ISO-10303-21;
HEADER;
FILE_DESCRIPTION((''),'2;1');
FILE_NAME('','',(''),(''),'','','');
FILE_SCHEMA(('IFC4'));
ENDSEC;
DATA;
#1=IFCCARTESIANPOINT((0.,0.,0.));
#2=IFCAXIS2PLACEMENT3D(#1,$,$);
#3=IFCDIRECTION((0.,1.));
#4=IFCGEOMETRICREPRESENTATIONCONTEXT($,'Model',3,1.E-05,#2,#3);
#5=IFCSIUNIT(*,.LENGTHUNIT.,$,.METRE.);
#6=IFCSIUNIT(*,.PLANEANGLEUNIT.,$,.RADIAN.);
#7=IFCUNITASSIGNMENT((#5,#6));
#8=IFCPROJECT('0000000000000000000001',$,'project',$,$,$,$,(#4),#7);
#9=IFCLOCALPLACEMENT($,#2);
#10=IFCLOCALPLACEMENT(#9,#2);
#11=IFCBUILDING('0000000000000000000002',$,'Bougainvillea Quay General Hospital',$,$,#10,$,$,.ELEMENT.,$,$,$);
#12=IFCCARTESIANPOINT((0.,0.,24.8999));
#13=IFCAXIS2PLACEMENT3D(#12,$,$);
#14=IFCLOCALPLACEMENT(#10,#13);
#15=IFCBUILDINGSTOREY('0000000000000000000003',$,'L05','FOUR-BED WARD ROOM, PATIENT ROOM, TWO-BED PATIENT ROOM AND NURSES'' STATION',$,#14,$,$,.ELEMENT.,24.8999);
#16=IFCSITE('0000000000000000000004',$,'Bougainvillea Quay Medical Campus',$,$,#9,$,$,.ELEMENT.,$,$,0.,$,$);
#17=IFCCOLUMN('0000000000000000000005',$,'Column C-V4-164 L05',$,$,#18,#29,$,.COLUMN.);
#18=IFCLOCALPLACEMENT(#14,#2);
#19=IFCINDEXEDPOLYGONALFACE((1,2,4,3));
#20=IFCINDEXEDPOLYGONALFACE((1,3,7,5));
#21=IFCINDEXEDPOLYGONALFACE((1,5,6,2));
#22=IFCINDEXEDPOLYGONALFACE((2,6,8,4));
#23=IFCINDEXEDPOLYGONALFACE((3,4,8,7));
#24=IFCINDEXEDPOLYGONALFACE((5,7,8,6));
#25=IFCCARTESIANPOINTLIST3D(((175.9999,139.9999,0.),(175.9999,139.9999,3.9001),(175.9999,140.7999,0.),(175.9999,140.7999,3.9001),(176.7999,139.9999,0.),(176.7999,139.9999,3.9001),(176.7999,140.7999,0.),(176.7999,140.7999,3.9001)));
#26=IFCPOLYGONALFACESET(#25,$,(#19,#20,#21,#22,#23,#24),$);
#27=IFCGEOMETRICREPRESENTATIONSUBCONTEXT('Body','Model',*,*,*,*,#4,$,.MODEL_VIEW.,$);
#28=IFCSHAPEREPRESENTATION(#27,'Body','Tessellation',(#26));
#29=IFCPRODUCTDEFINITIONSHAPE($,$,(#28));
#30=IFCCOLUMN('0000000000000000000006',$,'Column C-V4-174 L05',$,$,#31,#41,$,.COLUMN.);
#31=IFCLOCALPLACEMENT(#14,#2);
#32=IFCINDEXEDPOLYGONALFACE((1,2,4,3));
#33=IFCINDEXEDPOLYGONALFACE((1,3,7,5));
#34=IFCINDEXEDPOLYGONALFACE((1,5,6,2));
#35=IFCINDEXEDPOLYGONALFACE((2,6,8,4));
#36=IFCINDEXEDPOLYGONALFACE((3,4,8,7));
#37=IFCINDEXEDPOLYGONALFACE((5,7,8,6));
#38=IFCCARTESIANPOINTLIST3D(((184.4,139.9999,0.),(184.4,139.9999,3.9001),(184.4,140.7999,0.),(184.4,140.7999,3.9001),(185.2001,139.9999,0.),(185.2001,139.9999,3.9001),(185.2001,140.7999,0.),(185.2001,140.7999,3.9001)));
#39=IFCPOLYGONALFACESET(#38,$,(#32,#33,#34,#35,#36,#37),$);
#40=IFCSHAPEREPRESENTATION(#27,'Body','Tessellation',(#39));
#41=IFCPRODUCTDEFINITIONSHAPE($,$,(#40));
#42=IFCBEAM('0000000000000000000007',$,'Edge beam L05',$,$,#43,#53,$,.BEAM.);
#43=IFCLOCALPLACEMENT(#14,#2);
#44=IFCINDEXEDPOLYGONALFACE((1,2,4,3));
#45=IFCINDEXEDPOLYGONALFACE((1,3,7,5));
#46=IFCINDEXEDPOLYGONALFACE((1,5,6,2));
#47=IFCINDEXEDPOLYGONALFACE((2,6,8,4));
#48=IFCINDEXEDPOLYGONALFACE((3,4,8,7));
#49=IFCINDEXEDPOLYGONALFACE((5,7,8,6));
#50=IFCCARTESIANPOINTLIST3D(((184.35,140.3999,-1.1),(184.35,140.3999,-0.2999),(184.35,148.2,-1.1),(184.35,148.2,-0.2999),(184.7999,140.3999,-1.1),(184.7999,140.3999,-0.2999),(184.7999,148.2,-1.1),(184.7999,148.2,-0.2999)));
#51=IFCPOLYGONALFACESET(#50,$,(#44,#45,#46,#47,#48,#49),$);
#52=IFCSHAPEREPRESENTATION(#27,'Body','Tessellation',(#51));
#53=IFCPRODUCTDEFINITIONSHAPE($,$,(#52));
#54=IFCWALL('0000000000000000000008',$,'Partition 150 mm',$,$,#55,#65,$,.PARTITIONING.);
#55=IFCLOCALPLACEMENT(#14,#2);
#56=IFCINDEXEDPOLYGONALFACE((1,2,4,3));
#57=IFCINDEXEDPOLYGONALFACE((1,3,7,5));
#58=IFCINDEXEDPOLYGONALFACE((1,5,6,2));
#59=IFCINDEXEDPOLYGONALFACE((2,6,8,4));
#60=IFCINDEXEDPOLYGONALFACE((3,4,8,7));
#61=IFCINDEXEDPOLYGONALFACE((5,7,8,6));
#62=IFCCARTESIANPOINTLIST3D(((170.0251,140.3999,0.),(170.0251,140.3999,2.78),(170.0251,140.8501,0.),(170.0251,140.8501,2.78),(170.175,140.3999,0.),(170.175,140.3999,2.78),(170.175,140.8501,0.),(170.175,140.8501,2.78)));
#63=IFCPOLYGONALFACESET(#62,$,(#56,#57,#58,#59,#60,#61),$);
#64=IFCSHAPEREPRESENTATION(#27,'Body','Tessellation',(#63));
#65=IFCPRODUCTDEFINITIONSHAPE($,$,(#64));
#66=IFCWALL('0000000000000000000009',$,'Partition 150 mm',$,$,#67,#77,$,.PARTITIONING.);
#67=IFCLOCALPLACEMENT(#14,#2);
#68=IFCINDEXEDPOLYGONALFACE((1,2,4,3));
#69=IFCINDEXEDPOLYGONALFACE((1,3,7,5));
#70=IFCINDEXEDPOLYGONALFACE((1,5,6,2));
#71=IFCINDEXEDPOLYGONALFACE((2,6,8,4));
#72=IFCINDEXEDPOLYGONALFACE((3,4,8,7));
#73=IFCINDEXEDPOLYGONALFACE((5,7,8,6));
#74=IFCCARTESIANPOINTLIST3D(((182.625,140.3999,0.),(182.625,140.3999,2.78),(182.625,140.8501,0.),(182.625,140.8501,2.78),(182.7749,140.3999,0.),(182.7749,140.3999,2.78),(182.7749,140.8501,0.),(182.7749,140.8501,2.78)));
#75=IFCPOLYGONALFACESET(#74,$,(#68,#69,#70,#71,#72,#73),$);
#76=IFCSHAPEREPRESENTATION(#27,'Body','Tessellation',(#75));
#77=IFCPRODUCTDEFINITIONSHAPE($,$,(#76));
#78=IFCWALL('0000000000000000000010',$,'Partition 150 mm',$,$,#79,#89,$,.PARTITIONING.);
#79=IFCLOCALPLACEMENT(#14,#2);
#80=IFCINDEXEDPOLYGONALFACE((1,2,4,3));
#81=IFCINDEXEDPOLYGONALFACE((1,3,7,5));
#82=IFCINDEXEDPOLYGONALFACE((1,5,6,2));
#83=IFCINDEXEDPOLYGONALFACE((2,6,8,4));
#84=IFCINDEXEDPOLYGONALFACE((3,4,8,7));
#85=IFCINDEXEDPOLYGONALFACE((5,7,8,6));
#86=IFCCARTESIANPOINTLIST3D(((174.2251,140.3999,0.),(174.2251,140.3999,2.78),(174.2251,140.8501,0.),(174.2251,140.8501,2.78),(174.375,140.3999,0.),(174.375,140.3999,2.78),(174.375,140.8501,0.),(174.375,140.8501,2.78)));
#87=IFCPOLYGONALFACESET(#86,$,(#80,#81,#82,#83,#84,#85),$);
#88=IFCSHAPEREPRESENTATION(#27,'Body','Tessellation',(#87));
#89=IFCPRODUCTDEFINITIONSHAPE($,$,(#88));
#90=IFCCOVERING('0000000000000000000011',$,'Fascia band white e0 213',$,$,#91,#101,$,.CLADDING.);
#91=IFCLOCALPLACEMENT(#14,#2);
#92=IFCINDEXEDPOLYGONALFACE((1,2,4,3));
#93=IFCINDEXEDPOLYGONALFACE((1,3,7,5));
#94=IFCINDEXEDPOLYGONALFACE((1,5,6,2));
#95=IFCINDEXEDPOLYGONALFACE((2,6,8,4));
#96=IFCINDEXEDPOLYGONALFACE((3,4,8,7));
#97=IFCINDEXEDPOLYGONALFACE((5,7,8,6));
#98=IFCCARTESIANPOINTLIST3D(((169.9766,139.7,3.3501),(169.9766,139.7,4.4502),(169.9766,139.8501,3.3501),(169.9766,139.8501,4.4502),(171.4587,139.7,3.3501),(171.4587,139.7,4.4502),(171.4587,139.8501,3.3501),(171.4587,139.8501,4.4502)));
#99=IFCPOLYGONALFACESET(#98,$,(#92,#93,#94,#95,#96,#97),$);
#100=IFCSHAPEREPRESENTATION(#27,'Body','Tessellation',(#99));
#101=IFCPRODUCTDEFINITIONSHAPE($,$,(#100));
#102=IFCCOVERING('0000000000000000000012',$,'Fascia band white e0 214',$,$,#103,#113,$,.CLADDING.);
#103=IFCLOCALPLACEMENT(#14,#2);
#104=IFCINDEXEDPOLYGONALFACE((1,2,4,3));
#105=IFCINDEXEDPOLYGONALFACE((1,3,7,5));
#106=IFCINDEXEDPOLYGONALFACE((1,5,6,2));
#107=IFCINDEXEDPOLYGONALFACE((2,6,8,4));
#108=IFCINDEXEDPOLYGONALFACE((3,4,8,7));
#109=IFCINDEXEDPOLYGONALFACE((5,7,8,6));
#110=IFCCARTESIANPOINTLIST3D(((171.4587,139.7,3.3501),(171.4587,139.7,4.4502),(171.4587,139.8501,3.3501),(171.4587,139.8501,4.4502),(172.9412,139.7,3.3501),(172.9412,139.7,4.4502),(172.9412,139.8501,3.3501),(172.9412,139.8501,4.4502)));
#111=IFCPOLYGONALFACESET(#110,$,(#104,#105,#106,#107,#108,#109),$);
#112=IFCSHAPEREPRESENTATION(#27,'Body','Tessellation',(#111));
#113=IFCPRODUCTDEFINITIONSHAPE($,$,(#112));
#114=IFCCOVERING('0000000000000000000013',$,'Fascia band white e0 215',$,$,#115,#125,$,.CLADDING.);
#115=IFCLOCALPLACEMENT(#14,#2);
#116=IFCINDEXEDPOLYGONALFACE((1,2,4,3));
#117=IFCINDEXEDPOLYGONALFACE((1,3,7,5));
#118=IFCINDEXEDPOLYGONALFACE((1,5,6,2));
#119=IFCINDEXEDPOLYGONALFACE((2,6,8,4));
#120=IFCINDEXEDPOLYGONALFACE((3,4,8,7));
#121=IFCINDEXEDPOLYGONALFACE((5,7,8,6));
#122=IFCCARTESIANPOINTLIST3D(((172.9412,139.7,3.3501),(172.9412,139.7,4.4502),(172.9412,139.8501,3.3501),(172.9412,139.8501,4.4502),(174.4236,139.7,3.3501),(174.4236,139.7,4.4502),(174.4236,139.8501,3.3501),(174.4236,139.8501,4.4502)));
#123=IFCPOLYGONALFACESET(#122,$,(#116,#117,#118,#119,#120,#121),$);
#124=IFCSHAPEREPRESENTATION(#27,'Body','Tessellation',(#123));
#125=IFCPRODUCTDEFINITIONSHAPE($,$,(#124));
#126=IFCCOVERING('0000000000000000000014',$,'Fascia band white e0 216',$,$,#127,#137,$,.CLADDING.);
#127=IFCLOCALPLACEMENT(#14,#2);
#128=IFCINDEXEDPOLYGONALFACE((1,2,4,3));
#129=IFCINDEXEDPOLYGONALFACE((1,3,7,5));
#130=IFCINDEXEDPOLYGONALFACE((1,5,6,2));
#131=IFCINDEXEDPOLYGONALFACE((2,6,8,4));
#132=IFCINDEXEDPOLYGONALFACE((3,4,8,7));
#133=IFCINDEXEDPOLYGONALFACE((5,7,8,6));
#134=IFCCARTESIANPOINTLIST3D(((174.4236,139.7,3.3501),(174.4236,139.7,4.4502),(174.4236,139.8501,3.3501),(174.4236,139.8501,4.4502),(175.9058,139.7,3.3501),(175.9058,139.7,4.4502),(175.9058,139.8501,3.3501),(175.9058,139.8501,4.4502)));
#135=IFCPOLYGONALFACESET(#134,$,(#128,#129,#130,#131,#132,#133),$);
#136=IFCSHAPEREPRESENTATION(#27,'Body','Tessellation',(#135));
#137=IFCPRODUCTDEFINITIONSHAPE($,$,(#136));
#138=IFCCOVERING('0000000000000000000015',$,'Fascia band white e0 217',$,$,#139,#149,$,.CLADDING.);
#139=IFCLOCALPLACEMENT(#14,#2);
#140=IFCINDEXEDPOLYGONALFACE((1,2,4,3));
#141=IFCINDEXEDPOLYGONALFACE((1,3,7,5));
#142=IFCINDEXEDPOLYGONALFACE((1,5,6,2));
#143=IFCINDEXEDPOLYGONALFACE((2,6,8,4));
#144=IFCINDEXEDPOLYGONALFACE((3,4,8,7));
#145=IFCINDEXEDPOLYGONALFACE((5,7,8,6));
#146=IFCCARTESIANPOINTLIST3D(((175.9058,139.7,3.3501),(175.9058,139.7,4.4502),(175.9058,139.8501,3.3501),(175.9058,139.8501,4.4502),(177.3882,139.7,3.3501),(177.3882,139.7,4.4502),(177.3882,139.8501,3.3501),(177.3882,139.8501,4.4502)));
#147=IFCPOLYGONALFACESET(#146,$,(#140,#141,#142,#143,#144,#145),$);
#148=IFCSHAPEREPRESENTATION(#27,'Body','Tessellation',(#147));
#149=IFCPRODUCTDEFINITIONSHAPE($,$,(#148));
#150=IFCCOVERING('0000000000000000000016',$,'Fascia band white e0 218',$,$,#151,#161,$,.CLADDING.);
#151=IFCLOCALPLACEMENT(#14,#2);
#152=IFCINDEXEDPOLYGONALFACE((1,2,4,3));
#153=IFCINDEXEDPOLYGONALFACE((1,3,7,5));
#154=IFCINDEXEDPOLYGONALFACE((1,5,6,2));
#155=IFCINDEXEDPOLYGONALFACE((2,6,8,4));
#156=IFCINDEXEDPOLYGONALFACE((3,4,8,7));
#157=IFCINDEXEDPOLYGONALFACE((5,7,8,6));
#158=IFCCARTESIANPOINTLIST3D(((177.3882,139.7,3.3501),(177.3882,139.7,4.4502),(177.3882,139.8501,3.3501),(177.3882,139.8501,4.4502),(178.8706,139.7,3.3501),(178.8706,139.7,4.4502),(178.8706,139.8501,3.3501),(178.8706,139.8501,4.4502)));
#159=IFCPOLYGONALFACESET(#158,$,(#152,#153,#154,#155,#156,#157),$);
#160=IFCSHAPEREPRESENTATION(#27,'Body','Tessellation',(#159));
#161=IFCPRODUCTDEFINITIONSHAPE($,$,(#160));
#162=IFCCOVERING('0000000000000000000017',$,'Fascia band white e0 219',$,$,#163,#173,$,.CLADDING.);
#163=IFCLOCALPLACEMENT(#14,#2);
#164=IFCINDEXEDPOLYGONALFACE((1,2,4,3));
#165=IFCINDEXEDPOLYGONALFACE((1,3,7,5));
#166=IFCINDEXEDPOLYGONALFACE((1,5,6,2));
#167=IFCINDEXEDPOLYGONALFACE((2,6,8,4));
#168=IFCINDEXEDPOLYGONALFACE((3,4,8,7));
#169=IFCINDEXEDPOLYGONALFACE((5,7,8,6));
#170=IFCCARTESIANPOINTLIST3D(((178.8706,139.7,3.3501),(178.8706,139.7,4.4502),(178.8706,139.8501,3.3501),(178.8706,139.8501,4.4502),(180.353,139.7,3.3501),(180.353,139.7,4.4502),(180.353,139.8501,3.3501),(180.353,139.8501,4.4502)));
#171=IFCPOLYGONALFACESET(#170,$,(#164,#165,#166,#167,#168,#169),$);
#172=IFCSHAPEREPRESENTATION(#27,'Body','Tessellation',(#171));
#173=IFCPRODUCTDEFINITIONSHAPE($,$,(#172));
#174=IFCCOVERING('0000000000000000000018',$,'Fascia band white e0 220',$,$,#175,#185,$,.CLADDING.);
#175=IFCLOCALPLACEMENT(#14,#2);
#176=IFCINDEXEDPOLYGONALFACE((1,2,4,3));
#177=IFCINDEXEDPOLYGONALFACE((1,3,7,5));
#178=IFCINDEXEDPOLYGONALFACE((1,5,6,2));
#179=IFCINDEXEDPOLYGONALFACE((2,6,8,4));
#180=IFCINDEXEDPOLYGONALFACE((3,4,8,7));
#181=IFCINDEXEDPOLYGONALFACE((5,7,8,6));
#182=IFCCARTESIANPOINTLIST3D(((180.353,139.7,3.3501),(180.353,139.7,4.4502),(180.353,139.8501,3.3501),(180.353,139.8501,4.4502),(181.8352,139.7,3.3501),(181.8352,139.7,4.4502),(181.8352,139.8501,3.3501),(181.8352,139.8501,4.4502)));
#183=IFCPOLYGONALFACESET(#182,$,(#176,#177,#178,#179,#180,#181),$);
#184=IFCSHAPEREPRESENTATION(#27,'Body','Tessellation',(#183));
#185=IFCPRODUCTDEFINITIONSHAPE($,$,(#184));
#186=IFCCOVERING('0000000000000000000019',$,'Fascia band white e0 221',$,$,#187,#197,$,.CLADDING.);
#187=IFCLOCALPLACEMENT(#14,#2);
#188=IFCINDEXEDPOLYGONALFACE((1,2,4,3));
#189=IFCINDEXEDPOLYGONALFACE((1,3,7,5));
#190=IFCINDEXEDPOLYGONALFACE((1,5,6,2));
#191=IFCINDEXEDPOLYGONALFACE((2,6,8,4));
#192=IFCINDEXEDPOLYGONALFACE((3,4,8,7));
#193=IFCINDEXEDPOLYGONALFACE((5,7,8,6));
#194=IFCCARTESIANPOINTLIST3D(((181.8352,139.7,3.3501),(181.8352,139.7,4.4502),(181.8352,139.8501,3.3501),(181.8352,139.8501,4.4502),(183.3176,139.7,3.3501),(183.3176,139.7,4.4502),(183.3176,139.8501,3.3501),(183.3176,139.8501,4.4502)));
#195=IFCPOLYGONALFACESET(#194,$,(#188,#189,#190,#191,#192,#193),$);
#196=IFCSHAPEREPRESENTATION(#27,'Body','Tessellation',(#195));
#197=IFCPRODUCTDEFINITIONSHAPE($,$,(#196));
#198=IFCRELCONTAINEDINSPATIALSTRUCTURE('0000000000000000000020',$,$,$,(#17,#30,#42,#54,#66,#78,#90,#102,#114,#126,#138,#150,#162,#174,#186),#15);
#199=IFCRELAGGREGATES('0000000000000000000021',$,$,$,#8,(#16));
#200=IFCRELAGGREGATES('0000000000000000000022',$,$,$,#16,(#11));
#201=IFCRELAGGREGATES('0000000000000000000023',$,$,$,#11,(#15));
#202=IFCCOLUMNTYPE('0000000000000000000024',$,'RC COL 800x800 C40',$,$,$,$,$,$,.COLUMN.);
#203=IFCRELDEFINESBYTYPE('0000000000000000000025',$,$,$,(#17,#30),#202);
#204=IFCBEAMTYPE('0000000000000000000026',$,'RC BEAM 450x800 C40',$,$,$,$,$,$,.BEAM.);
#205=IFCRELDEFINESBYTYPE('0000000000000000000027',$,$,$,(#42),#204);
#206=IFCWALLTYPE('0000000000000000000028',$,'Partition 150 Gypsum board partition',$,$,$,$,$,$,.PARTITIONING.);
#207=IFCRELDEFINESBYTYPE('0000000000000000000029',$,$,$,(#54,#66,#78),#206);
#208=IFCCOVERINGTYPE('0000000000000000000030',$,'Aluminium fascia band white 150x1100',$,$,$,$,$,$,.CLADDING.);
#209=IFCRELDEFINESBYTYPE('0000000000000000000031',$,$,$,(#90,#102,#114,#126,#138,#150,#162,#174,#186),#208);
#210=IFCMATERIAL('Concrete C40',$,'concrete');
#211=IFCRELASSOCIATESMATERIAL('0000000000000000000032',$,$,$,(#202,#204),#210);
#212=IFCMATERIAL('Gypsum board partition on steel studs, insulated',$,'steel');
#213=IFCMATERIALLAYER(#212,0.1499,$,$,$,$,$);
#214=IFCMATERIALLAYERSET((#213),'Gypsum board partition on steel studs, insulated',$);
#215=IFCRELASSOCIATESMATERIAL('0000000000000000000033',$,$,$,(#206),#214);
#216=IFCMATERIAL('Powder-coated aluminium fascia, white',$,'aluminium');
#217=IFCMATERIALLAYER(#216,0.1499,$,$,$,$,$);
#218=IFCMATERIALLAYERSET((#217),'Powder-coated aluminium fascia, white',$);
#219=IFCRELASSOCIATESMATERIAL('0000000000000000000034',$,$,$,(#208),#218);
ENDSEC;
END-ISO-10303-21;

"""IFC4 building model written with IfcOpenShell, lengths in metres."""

from ifc_helpers import new_model, si_unit, direction, frame, frame_2d, origin, origin_2d, place, context, subcontext, project, spatial, polyline, rectangle, outline, extrude, material, layer, layer_set, material_profile, profile_set, type_object, element, save


model = new_model("IFC4")

# Units and contexts
model_context = context("Model", 3, precision=1e-05, world=origin(), true_north=direction((0.0, 1.0)))
body_context = subcontext(model_context, "Body", "Model", "MODEL_VIEW")
ifc_project = project(units=[si_unit("LENGTHUNIT", "METRE"), si_unit("PLANEANGLEUNIT", "RADIAN")], contexts=[model_context])

# Site, building, storey
site_placement = place(None, origin())
site = spatial("IfcSite", under=ifc_project, at=site_placement, Name="Bougainvillea Quay Medical Campus", CompositionType="ELEMENT", RefElevation=0.0)
building_placement = place(site_placement, origin())
building = spatial("IfcBuilding", under=site, at=building_placement, Name="Bougainvillea Quay General Hospital", CompositionType="ELEMENT")
storey_placement = place(building_placement, frame((0.0, 0.0, 24.8999)))
storey = spatial("IfcBuildingStorey", under=building, at=storey_placement, Name="L05", Description="FOUR-BED WARD ROOM, PATIENT ROOM, TWO-BED PATIENT ROOM AND NURSES' STATION", CompositionType="ELEMENT", Elevation=24.8999)

# Columns
ifc_material_1 = material(Name="Concrete C40", Category="concrete")
ifc_material_profile_1 = material_profile(ifc_material_1, rectangle(XDim=0.8, YDim=0.8, at=origin_2d()))
ifc_profile_set_1 = profile_set([ifc_material_profile_1], Name="Concrete C40")
column_type = type_object("IfcColumnType", Name="RC COL 800x800 C40", PredefinedType="COLUMN", material=ifc_profile_set_1)
for number, where, z_axis, x_axis, name in (
    (1, (176.3999, 140.3999, 0.0), (0.0, 0.0, 1.0), (1.0, 0.0, 0.0), "Column C-V4-164 L05"),
    (2, (184.8, 140.3999, 0.0), (0.0, 0.0, 1.0), (1.0, 0.0, 0.0), "Column C-V4-174 L05"),
):
    element("IfcColumn", number, at=place(storey_placement, frame(where, z_axis=z_axis, x_axis=x_axis)), inside=storey, type_object=column_type, Name=name, PredefinedType="COLUMN", context=body_context, shape_type="SweptSolid", body=[
        extrude(rectangle(XDim=0.8, YDim=0.8, at=origin_2d()), origin(), (0.0, 0.0, 1.0), 3.9001),
    ])

# Beam
ifc_material_profile_2 = material_profile(ifc_material_1, rectangle(XDim=0.45, YDim=0.8, at=origin_2d()))
ifc_profile_set_2 = profile_set([ifc_material_profile_2], Name="Concrete C40")
beam_type = type_object("IfcBeamType", Name="RC BEAM 450x800 C40", PredefinedType="BEAM", material=ifc_profile_set_2)
beam_placement = place(storey_placement, frame((184.575, 140.3999, -0.7), z_axis=(0.0, 1.0, 0.0), x_axis=(-1.0, 0.0, 0.0)))
element("IfcBeam", 3, at=beam_placement, inside=storey, type_object=beam_type, Name="Edge beam L05", PredefinedType="BEAM", context=body_context, shape_type="SweptSolid", body=[
    extrude(rectangle(XDim=0.45, YDim=0.8, at=origin_2d()), origin(), (0.0, 0.0, 1.0), 7.8),
])

# Walls
ifc_material_2 = material(Name="Gypsum board partition on steel studs, insulated", Category="steel")
ifc_layer_1 = layer(ifc_material_2, 0.1499)
ifc_layer_set_1 = layer_set([ifc_layer_1], Name="Gypsum board partition on steel studs, insulated")
wall_type = type_object("IfcWallType", Name="Partition 150 Gypsum board partition", PredefinedType="PARTITIONING", material=ifc_layer_set_1)
for number, where, z_axis, x_axis, name in (
    (4, (170.1001, 140.3999, 0.0), (0.0, 0.0, 1.0), (0.0, 1.0, 0.0), "Partition 150 mm"),
    (5, (182.7, 140.3999, 0.0), (0.0, 0.0, 1.0), (0.0, 1.0, 0.0), "Partition 150 mm"),
    (6, (174.3, 140.3999, 0.0), (0.0, 0.0, 1.0), (0.0, 1.0, 0.0), "Partition 150 mm"),
):
    element("IfcWall", number, at=place(storey_placement, frame(where, z_axis=z_axis, x_axis=x_axis)), inside=storey, type_object=wall_type, Name=name, PredefinedType="PARTITIONING", context=body_context, shape_type="SweptSolid", body=[
        extrude(rectangle(XDim=0.4502, YDim=0.1499, at=frame_2d((0.2251, 0.0))), origin(), (0.0, 0.0, 1.0), 2.78),
    ])

# Coverings
ifc_material_3 = material(Name="Powder-coated aluminium fascia, white", Category="aluminium")
ifc_layer_2 = layer(ifc_material_3, 0.1499)
ifc_layer_set_2 = layer_set([ifc_layer_2], Name="Powder-coated aluminium fascia, white")
covering_type = type_object("IfcCoveringType", Name="Aluminium fascia band white 150x1100", PredefinedType="CLADDING", material=ifc_layer_set_2)
covering_1_placement = place(storey_placement, frame((169.9766, 139.8501, 3.3501), z_axis=(0.0, 0.0, 1.0), x_axis=(1.0, 0.0, 0.0)))
element("IfcCovering", 7, at=covering_1_placement, inside=storey, type_object=covering_type, Name="Fascia band white e0 213", PredefinedType="CLADDING", context=body_context, shape_type="SweptSolid", body=[
    extrude(outline(polyline([(0.0, 0.0), (1.4822, 0.0), (1.4822, -0.1501), (0.0, -0.1501), (0.0, 0.0)])), origin(), (0.0, 0.0, 1.0), 1.1001),
])
for number, where, z_axis, x_axis, name in (
    (8, (171.4587, 139.8501, 3.3501), (0.0, 0.0, 1.0), (1.0, 0.0, 0.0), "Fascia band white e0 214"),
    (9, (172.9412, 139.8501, 3.3501), (0.0, 0.0, 1.0), (1.0, 0.0, 0.0), "Fascia band white e0 215"),
):
    element("IfcCovering", number, at=place(storey_placement, frame(where, z_axis=z_axis, x_axis=x_axis)), inside=storey, type_object=covering_type, Name=name, PredefinedType="CLADDING", context=body_context, shape_type="SweptSolid", body=[
        extrude(outline(polyline([(0.0, 0.0), (1.4824, 0.0), (1.4824, -0.1501), (0.0, -0.1501), (0.0, 0.0)])), origin(), (0.0, 0.0, 1.0), 1.1001),
    ])
covering_2_placement = place(storey_placement, frame((174.4236, 139.8501, 3.3501), z_axis=(0.0, 0.0, 1.0), x_axis=(1.0, 0.0, 0.0)))
element("IfcCovering", 10, at=covering_2_placement, inside=storey, type_object=covering_type, Name="Fascia band white e0 216", PredefinedType="CLADDING", context=body_context, shape_type="SweptSolid", body=[
    extrude(outline(polyline([(0.0, 0.0), (1.4822, 0.0), (1.4822, -0.1501), (0.0, -0.1501), (0.0, 0.0)])), origin(), (0.0, 0.0, 1.0), 1.1001),
])
for number, where, z_axis, x_axis, name in (
    (11, (175.9058, 139.8501, 3.3501), (0.0, 0.0, 1.0), (1.0, 0.0, 0.0), "Fascia band white e0 217"),
    (12, (177.3882, 139.8501, 3.3501), (0.0, 0.0, 1.0), (1.0, 0.0, 0.0), "Fascia band white e0 218"),
    (13, (178.8706, 139.8501, 3.3501), (0.0, 0.0, 1.0), (1.0, 0.0, 0.0), "Fascia band white e0 219"),
):
    element("IfcCovering", number, at=place(storey_placement, frame(where, z_axis=z_axis, x_axis=x_axis)), inside=storey, type_object=covering_type, Name=name, PredefinedType="CLADDING", context=body_context, shape_type="SweptSolid", body=[
        extrude(outline(polyline([(0.0, 0.0), (1.4824, 0.0), (1.4824, -0.1501), (0.0, -0.1501), (0.0, 0.0)])), origin(), (0.0, 0.0, 1.0), 1.1001),
    ])
covering_3_placement = place(storey_placement, frame((180.353, 139.8501, 3.3501), z_axis=(0.0, 0.0, 1.0), x_axis=(1.0, 0.0, 0.0)))
element("IfcCovering", 14, at=covering_3_placement, inside=storey, type_object=covering_type, Name="Fascia band white e0 220", PredefinedType="CLADDING", context=body_context, shape_type="SweptSolid", body=[
    extrude(outline(polyline([(0.0, 0.0), (1.4822, 0.0), (1.4822, -0.1501), (0.0, -0.1501), (0.0, 0.0)])), origin(), (0.0, 0.0, 1.0), 1.1001),
])
covering_4_placement = place(storey_placement, frame((181.8352, 139.8501, 3.3501), z_axis=(0.0, 0.0, 1.0), x_axis=(1.0, 0.0, 0.0)))
element("IfcCovering", 15, at=covering_4_placement, inside=storey, type_object=covering_type, Name="Fascia band white e0 221", PredefinedType="CLADDING", context=body_context, shape_type="SweptSolid", body=[
    extrude(outline(polyline([(0.0, 0.0), (1.4824, 0.0), (1.4824, -0.1501), (0.0, -0.1501), (0.0, 0.0)])), origin(), (0.0, 0.0, 1.0), 1.1001),
])

save(model, "model.ifc")
